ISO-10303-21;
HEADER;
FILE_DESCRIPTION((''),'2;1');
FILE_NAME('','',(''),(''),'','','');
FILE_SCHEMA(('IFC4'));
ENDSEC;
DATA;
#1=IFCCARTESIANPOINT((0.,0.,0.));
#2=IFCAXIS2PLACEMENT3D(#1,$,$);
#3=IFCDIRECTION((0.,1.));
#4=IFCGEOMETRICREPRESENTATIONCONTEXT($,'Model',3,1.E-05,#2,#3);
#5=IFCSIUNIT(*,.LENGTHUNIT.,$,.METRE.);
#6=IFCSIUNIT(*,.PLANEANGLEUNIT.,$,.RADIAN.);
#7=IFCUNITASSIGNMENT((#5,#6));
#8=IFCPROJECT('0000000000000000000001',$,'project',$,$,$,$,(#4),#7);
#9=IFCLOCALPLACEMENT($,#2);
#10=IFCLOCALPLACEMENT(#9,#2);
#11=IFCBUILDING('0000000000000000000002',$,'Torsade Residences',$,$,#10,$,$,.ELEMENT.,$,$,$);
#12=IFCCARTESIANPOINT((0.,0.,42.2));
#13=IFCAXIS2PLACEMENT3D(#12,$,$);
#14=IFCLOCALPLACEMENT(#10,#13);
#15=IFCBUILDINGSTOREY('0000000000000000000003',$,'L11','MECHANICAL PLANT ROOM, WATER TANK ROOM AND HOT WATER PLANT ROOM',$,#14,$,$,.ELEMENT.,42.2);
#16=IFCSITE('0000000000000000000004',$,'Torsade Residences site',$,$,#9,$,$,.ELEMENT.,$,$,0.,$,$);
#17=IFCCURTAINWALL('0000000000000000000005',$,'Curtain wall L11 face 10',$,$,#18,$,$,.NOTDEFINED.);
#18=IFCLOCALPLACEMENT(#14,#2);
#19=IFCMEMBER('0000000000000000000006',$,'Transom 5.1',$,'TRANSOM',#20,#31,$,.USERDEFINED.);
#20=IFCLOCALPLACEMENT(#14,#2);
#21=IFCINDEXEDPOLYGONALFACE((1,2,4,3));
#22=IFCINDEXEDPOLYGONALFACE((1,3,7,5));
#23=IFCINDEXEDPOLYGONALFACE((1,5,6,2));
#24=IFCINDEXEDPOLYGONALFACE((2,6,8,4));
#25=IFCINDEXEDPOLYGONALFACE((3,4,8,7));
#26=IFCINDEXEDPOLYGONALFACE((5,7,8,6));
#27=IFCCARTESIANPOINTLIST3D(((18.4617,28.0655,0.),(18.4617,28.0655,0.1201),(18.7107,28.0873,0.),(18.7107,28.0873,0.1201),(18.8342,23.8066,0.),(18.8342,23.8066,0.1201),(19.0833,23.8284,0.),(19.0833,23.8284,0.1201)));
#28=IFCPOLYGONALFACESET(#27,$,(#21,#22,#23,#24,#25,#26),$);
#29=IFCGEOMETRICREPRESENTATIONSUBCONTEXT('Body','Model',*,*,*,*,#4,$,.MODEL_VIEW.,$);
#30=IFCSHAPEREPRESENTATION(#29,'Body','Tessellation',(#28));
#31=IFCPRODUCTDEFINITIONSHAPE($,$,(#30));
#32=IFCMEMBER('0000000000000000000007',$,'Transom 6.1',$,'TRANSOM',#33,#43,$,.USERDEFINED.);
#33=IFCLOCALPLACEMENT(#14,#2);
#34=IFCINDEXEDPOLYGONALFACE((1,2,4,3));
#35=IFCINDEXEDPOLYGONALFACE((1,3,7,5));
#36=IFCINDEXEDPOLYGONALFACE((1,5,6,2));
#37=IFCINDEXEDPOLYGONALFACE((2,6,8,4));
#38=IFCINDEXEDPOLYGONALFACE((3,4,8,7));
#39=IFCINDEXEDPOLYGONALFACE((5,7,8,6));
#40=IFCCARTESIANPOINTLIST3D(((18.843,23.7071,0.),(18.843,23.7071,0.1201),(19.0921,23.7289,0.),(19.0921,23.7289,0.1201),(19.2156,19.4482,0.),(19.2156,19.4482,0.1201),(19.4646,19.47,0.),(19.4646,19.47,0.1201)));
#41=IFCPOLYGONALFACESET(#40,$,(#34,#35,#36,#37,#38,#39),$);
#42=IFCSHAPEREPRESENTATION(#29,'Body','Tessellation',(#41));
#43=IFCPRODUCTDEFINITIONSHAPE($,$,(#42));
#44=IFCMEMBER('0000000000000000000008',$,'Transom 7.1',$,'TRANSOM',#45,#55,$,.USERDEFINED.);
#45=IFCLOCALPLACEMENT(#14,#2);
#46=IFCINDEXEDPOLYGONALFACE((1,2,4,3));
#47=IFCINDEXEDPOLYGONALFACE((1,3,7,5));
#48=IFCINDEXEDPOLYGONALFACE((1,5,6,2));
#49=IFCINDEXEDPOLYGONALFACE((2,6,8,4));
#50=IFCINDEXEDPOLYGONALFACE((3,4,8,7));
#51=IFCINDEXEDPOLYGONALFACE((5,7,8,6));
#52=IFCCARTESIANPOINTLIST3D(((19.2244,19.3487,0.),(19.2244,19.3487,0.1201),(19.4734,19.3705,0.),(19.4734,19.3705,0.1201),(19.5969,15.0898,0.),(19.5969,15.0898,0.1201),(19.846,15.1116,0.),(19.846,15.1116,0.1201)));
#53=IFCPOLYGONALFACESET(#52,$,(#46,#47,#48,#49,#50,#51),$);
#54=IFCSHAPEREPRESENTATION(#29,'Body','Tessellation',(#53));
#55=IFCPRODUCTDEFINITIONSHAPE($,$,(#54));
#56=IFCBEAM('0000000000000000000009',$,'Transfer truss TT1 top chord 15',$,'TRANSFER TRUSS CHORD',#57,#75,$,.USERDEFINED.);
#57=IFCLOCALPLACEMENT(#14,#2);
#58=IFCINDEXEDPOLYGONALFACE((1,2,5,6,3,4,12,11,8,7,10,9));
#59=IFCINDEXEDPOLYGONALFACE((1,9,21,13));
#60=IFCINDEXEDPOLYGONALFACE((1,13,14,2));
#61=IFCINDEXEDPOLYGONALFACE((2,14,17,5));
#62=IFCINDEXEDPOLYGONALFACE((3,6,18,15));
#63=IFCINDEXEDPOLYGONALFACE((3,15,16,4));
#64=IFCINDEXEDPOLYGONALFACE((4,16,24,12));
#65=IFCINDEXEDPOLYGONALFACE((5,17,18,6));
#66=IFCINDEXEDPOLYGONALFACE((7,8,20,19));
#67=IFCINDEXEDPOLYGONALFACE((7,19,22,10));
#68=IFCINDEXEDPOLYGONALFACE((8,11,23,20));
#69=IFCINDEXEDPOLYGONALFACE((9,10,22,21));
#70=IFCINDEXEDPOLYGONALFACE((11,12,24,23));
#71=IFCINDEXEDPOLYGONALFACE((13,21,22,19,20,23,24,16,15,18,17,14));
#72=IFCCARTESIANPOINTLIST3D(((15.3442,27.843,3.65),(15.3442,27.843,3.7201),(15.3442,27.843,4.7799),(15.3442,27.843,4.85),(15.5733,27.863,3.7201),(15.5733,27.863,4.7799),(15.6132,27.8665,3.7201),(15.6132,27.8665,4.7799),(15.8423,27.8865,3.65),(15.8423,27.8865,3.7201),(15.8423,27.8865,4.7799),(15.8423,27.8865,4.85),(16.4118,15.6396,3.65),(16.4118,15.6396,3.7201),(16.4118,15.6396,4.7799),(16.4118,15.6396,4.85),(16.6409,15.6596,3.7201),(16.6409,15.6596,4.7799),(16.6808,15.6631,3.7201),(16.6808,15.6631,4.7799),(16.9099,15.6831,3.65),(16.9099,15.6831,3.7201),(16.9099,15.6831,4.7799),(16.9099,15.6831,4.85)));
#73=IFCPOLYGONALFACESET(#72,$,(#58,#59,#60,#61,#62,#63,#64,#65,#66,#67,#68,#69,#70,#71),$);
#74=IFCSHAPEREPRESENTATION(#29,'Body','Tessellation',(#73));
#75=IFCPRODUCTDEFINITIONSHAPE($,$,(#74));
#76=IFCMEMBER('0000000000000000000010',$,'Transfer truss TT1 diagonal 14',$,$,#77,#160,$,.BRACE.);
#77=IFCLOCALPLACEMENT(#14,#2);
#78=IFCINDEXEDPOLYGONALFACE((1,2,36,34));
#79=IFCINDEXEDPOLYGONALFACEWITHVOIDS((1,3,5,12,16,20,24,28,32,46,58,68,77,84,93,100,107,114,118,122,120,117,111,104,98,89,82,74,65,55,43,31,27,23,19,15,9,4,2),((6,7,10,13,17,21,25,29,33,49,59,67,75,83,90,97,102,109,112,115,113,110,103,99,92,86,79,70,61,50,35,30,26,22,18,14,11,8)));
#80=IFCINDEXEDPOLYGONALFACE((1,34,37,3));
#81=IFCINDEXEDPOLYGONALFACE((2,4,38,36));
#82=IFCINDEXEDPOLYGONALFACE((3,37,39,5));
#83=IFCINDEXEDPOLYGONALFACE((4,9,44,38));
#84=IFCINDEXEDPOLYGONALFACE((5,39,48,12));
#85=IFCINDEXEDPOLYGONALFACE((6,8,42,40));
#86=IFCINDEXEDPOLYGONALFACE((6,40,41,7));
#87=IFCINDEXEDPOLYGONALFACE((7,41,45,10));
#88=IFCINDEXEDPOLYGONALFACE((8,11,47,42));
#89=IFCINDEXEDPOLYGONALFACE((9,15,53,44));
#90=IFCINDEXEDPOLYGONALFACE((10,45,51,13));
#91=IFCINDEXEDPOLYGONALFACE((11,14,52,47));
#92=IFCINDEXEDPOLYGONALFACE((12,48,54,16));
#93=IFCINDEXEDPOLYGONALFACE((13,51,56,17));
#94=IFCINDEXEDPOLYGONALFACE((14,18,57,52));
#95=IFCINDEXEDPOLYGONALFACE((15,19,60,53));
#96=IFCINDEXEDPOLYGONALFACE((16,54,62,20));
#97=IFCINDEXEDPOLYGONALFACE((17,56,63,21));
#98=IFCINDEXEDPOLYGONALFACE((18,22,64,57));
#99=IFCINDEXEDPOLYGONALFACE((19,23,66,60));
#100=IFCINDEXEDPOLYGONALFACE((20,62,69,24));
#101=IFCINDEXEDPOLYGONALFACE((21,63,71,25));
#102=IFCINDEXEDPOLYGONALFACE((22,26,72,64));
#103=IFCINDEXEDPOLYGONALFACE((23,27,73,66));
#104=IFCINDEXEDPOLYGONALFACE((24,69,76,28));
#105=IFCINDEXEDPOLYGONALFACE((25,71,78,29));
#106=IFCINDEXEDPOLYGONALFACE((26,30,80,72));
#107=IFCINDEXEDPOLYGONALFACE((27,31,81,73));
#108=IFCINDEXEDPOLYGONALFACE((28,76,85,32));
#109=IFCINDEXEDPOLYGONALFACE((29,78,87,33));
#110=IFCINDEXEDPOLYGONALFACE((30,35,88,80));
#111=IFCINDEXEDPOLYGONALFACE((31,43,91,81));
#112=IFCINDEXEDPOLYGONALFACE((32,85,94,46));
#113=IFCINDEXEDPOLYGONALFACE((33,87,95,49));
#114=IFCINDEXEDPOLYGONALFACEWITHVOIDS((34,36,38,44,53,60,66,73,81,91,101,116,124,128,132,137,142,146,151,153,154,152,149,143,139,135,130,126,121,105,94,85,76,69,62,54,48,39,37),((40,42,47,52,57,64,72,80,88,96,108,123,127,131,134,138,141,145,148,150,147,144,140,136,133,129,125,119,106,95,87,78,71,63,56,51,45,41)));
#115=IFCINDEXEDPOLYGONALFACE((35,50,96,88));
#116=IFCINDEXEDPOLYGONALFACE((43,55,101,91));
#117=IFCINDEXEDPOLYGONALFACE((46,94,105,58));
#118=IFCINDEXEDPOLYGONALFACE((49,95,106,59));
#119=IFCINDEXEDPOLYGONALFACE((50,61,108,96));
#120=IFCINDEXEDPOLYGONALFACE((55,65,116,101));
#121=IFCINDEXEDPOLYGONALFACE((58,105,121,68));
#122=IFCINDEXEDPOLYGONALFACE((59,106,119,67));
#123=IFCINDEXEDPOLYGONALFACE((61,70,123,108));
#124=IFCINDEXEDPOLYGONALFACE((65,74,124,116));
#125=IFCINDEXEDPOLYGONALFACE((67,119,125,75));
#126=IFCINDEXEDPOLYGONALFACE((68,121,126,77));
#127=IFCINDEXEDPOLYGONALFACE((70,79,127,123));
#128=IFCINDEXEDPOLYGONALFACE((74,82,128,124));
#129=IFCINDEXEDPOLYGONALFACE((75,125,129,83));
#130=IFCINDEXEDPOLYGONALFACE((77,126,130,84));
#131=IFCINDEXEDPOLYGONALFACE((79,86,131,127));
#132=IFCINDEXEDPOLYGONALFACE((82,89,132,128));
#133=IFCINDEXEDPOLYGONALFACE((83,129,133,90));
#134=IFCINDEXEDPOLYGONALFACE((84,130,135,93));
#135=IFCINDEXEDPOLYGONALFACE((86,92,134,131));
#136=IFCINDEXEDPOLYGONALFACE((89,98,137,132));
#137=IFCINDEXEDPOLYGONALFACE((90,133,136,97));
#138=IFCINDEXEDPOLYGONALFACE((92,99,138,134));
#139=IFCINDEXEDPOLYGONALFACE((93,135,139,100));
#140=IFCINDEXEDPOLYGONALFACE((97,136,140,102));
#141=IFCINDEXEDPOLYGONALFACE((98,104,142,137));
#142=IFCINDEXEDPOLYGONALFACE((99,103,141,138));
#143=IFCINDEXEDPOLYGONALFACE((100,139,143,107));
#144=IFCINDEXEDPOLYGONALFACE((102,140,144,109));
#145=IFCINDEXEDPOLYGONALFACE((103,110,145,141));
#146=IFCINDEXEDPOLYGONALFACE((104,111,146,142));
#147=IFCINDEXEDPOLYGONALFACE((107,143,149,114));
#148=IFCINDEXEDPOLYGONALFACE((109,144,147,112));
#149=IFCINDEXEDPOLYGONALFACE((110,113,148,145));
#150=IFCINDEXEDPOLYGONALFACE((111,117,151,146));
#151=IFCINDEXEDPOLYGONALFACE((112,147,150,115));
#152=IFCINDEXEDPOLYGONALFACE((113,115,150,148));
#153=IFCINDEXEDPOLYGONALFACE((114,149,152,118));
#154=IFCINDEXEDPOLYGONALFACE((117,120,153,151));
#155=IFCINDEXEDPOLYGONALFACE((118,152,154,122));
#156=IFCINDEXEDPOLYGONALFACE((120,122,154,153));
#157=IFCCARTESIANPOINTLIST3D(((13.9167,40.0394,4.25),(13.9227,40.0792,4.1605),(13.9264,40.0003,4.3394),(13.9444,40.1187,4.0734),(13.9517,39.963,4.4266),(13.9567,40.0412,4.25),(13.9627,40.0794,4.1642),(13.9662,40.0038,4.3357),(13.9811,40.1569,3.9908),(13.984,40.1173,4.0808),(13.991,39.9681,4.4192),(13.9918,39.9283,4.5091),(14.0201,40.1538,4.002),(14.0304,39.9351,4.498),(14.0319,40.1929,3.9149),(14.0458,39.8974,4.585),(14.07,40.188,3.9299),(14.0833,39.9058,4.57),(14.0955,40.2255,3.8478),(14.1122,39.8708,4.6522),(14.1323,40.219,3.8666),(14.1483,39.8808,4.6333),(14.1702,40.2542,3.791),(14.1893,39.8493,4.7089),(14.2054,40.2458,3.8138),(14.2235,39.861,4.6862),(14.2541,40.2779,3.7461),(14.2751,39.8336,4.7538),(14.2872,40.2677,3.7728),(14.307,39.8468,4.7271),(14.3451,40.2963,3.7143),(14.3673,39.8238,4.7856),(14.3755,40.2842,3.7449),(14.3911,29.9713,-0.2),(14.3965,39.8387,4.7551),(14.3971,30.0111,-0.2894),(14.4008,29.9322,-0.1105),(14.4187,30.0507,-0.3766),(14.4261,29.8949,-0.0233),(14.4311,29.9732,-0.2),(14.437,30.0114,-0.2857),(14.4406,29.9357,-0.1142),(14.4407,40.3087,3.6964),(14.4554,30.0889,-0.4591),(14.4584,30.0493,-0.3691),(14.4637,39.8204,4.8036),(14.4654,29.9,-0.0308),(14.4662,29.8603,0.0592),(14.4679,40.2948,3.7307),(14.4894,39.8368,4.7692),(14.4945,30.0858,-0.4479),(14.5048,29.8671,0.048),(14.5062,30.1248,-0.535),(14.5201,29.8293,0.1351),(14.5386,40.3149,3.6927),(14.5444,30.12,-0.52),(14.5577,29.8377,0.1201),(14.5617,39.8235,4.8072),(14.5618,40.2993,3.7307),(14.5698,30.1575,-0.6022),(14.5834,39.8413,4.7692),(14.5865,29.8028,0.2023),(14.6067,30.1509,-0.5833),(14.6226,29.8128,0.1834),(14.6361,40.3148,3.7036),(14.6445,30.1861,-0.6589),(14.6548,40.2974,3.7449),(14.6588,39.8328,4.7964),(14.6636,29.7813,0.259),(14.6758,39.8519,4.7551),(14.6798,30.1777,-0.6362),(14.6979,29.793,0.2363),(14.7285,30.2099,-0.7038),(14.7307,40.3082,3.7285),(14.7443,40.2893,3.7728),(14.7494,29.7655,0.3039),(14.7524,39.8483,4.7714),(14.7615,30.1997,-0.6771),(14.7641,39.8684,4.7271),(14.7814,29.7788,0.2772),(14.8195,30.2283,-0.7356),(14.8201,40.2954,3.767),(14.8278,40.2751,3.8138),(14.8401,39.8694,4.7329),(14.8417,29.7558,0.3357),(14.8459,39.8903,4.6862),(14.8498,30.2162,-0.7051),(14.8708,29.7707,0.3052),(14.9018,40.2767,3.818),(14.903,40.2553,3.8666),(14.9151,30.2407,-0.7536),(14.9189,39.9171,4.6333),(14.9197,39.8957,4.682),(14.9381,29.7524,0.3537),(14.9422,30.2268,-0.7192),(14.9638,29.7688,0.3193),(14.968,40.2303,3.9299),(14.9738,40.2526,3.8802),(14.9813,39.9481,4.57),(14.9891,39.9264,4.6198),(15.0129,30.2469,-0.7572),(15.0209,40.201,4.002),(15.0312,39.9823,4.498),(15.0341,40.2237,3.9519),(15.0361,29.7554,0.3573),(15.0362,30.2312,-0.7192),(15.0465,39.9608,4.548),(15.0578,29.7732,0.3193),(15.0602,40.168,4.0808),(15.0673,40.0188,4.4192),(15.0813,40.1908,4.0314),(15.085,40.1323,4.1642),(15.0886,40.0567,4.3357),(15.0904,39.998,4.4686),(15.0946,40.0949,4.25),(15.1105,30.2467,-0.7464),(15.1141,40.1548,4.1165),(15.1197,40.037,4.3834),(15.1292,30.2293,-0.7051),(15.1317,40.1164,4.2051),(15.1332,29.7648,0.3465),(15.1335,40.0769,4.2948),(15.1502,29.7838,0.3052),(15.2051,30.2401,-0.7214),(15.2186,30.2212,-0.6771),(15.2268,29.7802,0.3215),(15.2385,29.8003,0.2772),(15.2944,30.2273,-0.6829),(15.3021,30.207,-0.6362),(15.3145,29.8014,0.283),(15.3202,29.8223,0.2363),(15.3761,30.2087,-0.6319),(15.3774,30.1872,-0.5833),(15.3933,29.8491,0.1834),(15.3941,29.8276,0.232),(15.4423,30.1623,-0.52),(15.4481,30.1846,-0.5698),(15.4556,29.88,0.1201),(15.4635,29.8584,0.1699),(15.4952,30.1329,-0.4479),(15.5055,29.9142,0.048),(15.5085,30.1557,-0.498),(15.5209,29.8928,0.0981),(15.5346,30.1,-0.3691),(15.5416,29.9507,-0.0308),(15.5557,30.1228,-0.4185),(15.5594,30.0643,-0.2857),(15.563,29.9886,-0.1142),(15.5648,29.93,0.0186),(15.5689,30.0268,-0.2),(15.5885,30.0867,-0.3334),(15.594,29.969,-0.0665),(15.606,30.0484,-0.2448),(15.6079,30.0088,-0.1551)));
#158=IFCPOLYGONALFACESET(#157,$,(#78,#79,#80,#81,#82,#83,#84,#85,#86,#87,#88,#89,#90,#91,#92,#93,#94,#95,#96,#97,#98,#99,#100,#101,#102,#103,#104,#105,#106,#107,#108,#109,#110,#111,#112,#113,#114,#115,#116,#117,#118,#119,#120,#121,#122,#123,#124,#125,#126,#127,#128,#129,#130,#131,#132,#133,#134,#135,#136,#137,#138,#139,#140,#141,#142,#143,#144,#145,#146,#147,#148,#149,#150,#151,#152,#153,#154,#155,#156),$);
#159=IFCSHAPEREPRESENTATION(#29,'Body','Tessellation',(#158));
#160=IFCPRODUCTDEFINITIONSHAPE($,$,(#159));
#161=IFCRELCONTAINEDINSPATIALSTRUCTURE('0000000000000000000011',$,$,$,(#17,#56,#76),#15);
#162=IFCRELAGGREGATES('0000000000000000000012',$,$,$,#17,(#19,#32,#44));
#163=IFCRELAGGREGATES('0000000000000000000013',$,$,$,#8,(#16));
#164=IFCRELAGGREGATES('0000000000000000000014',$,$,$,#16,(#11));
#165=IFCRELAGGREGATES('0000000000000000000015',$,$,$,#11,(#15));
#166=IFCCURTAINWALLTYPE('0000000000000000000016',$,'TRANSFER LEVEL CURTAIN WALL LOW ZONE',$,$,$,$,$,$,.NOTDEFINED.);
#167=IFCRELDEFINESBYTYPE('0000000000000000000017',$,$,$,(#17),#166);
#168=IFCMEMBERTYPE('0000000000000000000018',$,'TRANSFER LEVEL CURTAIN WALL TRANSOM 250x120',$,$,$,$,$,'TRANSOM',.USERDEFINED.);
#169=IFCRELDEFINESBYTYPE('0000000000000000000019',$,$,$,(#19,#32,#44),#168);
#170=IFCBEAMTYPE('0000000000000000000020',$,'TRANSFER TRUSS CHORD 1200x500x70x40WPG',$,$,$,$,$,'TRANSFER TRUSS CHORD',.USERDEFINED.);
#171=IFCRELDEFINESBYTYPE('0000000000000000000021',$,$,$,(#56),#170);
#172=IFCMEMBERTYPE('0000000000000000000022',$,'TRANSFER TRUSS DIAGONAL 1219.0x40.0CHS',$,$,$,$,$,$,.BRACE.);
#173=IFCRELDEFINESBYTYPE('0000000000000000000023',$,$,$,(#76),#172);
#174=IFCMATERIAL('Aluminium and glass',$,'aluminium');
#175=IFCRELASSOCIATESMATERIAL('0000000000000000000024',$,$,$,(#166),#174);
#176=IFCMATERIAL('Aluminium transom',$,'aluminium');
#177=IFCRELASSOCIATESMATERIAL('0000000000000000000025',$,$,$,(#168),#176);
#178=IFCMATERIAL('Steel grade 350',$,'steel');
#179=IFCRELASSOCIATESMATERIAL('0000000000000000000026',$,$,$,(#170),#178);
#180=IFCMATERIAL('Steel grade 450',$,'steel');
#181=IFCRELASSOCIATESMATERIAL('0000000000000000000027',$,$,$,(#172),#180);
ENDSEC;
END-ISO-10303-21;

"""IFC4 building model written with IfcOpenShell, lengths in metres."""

from ifc_helpers import new_model, si_unit, direction, frame, origin, origin_2d, place, context, subcontext, project, spatial, rectangle, hollow_circle, i_section, extrude, material, material_profile, profile_set, type_object, element, aggregate, save


model = new_model("IFC4")

# Units and contexts
model_context = context("Model", 3, precision=1e-05, world=origin(), true_north=direction((0.0, 1.0)))
body_context = subcontext(model_context, "Body", "Model", "MODEL_VIEW")
ifc_project = project(units=[si_unit("LENGTHUNIT", "METRE"), si_unit("PLANEANGLEUNIT", "RADIAN")], contexts=[model_context])

# Site, building, storey
site_placement = place(None, origin())
site = spatial("IfcSite", under=ifc_project, at=site_placement, Name="Torsade Residences site", CompositionType="ELEMENT", RefElevation=0.0)
building_placement = place(site_placement, origin())
building = spatial("IfcBuilding", under=site, at=building_placement, Name="Torsade Residences", CompositionType="ELEMENT")
storey_placement = place(building_placement, frame((0.0, 0.0, 42.2)))
storey = spatial("IfcBuildingStorey", under=building, at=storey_placement, Name="L11", Description="MECHANICAL PLANT ROOM, WATER TANK ROOM AND HOT WATER PLANT ROOM", CompositionType="ELEMENT", Elevation=42.2)

# Curtain wall, members
ifc_material_1 = material(Name="Aluminium and glass", Category="aluminium")
curtain_wall_type = type_object("IfcCurtainWallType", Name="TRANSFER LEVEL CURTAIN WALL LOW ZONE", PredefinedType="NOTDEFINED", material=ifc_material_1)
curtain_wall_placement = place(storey_placement, origin())
curtain_wall = element("IfcCurtainWall", 1, at=curtain_wall_placement, inside=storey, type_object=curtain_wall_type, Name="Curtain wall L11 face 10", PredefinedType="NOTDEFINED")
ifc_material_2 = material(Name="Aluminium transom", Category="aluminium")
ifc_material_profile_1 = material_profile(ifc_material_2, rectangle(XDim=0.25, YDim=0.1201, at=origin_2d()), Name="TRANSFER LEVEL CURTAIN WALL TRANSOM 250x120")
ifc_profile_set_1 = profile_set([ifc_material_profile_1], Name="Aluminium transom")
member_type_1 = type_object("IfcMemberType", Name="TRANSFER LEVEL CURTAIN WALL TRANSOM 250x120", ElementType="TRANSOM", PredefinedType="USERDEFINED", material=ifc_profile_set_1)
member_1_placement = place(storey_placement, frame((18.5862, 28.0764, 0.0601), z_axis=(0.087147, -0.996195, 0.0), x_axis=(0.996195, 0.087147, 0.0)))
member_1 = element("IfcMember", 2, at=member_1_placement, type_object=member_type_1, Name="Transom 5.1", ObjectType="TRANSOM", PredefinedType="USERDEFINED", context=body_context, shape_type="SweptSolid", body=[
    extrude(rectangle(XDim=0.25, YDim=0.1201, at=origin_2d()), origin(), (0.0, 0.0, 1.0), 4.2751),
])
member_2_placement = place(storey_placement, frame((18.9675, 23.718, 0.0601), z_axis=(0.087147, -0.996195, 0.0), x_axis=(0.996195, 0.087147, 0.0)))
member_2 = element("IfcMember", 3, at=member_2_placement, type_object=member_type_1, Name="Transom 6.1", ObjectType="TRANSOM", PredefinedType="USERDEFINED", context=body_context, shape_type="SweptSolid", body=[
    extrude(rectangle(XDim=0.25, YDim=0.1201, at=origin_2d()), origin(), (0.0, 0.0, 1.0), 4.2751),
])
member_3_placement = place(storey_placement, frame((19.3489, 19.3596, 0.0601), z_axis=(0.087147, -0.996195, 0.0), x_axis=(0.996195, 0.087147, 0.0)))
member_3 = element("IfcMember", 4, at=member_3_placement, type_object=member_type_1, Name="Transom 7.1", ObjectType="TRANSOM", PredefinedType="USERDEFINED", context=body_context, shape_type="SweptSolid", body=[
    extrude(rectangle(XDim=0.25, YDim=0.1201, at=origin_2d()), origin(), (0.0, 0.0, 1.0), 4.2751),
])

# Beam
ifc_material_3 = material(Name="Steel grade 350", Category="steel")
ifc_material_profile_2 = material_profile(ifc_material_3, i_section(OverallWidth=0.5, OverallDepth=1.2, WebThickness=0.04, FlangeThickness=0.0701, at=origin_2d()), Name="1200x500x70x40WPG")
ifc_profile_set_2 = profile_set([ifc_material_profile_2], Name="Steel grade 350")
beam_type_1 = type_object("IfcBeamType", Name="TRANSFER TRUSS CHORD 1200x500x70x40WPG", ElementType="TRANSFER TRUSS CHORD", PredefinedType="USERDEFINED", material=ifc_profile_set_2)
beam_1_placement = place(storey_placement, frame((15.5933, 27.8647, 4.25), z_axis=(0.087153, -0.996195, 0.0), x_axis=(0.996195, 0.087153, 0.0)))
element("IfcBeam", 5, at=beam_1_placement, inside=storey, type_object=beam_type_1, Name="Transfer truss TT1 top chord 15", ObjectType="TRANSFER TRUSS CHORD", PredefinedType="USERDEFINED", context=body_context, shape_type="SweptSolid", body=[
    extrude(i_section(OverallWidth=0.5, OverallDepth=1.2, WebThickness=0.04, FlangeThickness=0.0701, at=origin_2d()), origin(), (0.0, 0.0, 1.0), 12.25),
])

# Member
ifc_material_4 = material(Name="Steel grade 450", Category="steel")
ifc_material_profile_3 = material_profile(ifc_material_4, hollow_circle(Radius=0.6096, WallThickness=0.04, at=origin_2d()), Name="1219.0x40.0CHS")
ifc_profile_set_3 = profile_set([ifc_material_profile_3], Name="Steel grade 450")
member_type_2 = type_object("IfcMemberType", Name="TRANSFER TRUSS DIAGONAL 1219.0x40.0CHS", PredefinedType="BRACE", material=ifc_profile_set_3)
member_4_placement = place(storey_placement, frame((15.0, 30.0, -0.2), z_axis=(-0.043054, 0.913797, 0.403884), x_axis=(-0.998892, -0.047063, 0.0)))
element("IfcMember", 6, at=member_4_placement, inside=storey, type_object=member_type_2, Name="Transfer truss TT1 diagonal 14", PredefinedType="BRACE", context=body_context, shape_type="SweptSolid", body=[
    extrude(hollow_circle(Radius=0.6096, WallThickness=0.04, at=origin_2d()), origin(), (0.0, 0.0, 1.0), 11.0178),
])

aggregate(curtain_wall, [member_1, member_2, member_3])

save(model, "model.ifc")
